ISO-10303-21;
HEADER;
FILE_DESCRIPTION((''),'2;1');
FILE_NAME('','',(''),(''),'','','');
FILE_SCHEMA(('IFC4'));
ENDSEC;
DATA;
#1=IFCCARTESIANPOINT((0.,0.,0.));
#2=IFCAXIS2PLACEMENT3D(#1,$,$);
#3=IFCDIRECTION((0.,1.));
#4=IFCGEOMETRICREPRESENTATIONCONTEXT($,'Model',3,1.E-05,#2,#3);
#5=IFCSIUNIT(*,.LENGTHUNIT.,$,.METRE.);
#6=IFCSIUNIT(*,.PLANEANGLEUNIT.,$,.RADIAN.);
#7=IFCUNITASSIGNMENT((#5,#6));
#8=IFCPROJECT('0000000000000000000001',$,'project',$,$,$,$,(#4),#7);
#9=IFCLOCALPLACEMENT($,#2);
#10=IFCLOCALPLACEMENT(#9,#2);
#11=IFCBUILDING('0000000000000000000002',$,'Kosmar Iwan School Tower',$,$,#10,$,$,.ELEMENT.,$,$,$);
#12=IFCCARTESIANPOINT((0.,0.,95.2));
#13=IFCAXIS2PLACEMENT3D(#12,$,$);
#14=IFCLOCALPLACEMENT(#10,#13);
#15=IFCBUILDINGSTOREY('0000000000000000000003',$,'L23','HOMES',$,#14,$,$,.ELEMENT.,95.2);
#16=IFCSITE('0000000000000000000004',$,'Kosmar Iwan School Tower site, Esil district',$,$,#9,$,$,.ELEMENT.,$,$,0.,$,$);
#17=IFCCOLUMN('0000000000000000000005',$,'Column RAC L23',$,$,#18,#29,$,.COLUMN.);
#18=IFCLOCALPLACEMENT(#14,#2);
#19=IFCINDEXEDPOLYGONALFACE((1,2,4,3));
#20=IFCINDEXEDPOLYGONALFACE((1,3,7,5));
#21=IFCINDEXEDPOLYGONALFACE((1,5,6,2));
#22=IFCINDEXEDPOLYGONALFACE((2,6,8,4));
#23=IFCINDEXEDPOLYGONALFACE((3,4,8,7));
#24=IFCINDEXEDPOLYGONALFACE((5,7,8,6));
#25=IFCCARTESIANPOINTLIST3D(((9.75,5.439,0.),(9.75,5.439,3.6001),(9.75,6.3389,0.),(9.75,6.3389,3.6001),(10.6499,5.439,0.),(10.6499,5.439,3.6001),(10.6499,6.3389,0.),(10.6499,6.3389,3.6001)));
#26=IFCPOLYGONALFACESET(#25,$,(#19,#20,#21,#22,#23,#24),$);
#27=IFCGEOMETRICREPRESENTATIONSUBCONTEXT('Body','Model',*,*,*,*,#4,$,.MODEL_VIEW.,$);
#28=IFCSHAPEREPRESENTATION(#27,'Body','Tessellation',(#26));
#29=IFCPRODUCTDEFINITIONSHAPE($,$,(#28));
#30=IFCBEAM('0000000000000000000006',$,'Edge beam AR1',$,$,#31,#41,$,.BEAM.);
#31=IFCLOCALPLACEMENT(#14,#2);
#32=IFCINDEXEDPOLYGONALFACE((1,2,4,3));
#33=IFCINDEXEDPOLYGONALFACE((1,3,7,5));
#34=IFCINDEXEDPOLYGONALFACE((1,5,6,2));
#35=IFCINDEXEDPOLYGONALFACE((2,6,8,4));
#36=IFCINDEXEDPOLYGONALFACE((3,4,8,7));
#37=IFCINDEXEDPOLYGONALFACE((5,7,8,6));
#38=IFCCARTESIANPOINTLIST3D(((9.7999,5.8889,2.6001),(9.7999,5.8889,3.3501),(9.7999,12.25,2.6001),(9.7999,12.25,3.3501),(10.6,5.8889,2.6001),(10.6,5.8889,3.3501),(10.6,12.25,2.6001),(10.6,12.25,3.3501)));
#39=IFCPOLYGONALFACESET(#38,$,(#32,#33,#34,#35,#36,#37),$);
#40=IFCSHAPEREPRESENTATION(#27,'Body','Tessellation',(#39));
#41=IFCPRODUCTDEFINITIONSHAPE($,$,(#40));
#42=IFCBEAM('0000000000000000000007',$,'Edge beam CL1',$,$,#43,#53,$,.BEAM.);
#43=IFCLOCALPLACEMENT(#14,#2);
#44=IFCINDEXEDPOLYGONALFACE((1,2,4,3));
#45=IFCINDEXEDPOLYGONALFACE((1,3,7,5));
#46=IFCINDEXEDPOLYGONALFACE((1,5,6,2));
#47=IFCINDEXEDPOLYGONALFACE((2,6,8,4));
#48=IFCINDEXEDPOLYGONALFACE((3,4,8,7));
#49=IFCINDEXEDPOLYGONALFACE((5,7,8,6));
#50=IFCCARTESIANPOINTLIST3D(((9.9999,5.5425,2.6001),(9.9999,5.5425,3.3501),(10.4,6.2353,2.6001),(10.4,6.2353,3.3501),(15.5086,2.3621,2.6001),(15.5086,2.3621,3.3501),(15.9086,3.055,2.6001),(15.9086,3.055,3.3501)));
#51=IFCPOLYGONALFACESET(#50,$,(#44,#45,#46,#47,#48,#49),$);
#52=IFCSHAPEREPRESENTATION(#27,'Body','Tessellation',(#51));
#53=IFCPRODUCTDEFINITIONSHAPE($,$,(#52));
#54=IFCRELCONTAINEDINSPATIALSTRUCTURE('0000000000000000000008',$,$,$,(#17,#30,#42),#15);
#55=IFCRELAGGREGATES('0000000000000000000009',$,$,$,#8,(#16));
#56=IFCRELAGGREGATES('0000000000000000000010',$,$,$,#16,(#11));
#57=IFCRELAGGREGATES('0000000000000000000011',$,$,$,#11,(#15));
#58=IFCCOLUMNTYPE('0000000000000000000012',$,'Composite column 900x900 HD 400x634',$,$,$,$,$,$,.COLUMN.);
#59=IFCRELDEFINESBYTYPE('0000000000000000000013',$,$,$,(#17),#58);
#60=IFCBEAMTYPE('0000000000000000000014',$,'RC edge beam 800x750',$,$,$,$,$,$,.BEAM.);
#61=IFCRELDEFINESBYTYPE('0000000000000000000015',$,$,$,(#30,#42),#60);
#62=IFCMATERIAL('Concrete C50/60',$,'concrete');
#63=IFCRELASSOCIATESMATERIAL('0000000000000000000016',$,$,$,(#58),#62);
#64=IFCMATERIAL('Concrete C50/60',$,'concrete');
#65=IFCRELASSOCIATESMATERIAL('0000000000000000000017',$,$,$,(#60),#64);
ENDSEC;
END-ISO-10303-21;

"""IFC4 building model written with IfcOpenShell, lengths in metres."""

from ifc_helpers import new_model, si_unit, direction, frame, origin, origin_2d, place, context, subcontext, project, spatial, rectangle, extrude, material, material_profile, profile_set, type_object, element, save


model = new_model("IFC4")

# Units and contexts
model_context = context("Model", 3, precision=1e-05, world=origin(), true_north=direction((0.0, 1.0)))
body_context = subcontext(model_context, "Body", "Model", "MODEL_VIEW")
ifc_project = project(units=[si_unit("LENGTHUNIT", "METRE"), si_unit("PLANEANGLEUNIT", "RADIAN")], contexts=[model_context])

# Site, building, storey
site_placement = place(None, origin())
site = spatial("IfcSite", under=ifc_project, at=site_placement, Name="Kosmar Iwan School Tower site, Esil district", CompositionType="ELEMENT", RefElevation=0.0)
building_placement = place(site_placement, origin())
building = spatial("IfcBuilding", under=site, at=building_placement, Name="Kosmar Iwan School Tower", CompositionType="ELEMENT")
storey_placement = place(building_placement, frame((0.0, 0.0, 95.2)))
storey = spatial("IfcBuildingStorey", under=building, at=storey_placement, Name="L23", Description="HOMES", CompositionType="ELEMENT", Elevation=95.2)

# Column
ifc_material_1 = material(Name="Concrete C50/60", Category="concrete")
ifc_material_profile_1 = material_profile(ifc_material_1, rectangle(XDim=0.8999, YDim=0.8999, at=origin_2d()), Name="RC 900x900 + HD 400x634")
ifc_profile_set_1 = profile_set([ifc_material_profile_1], Name="Concrete C50/60")
column_type = type_object("IfcColumnType", Name="Composite column 900x900 HD 400x634", PredefinedType="COLUMN", material=ifc_profile_set_1)
column_placement = place(storey_placement, frame((10.2, 5.8889, 0.0), z_axis=(0.0, 0.0, 1.0), x_axis=(1.0, 0.0, 0.0)))
element("IfcColumn", 1, at=column_placement, inside=storey, type_object=column_type, Name="Column RAC L23", PredefinedType="COLUMN", context=body_context, shape_type="SweptSolid", body=[
    extrude(rectangle(XDim=0.8999, YDim=0.8999, at=origin_2d()), origin(), (0.0, 0.0, 1.0), 3.6001),
])

# Beams
ifc_material_2 = material(Name="Concrete C50/60", Category="concrete")
ifc_material_profile_2 = material_profile(ifc_material_2, rectangle(XDim=0.8, YDim=0.75, at=origin_2d()), Name="RC 800x750")
ifc_profile_set_2 = profile_set([ifc_material_profile_2], Name="Concrete C50/60")
beam_type = type_object("IfcBeamType", Name="RC edge beam 800x750", PredefinedType="BEAM", material=ifc_profile_set_2)
beam_1_placement = place(storey_placement, frame((10.2, 5.8889, 2.9751), z_axis=(0.0, 1.0, 0.0), x_axis=(-1.0, 0.0, 0.0)))
element("IfcBeam", 2, at=beam_1_placement, inside=storey, type_object=beam_type, Name="Edge beam AR1", PredefinedType="BEAM", context=body_context, shape_type="SweptSolid", body=[
    extrude(rectangle(XDim=0.8, YDim=0.75, at=origin_2d()), origin(), (0.0, 0.0, 1.0), 6.3611),
])
beam_2_placement = place(storey_placement, frame((10.2, 5.8889, 2.9751), z_axis=(0.866031, -0.49999, 0.0), x_axis=(0.49999, 0.866031, 0.0)))
element("IfcBeam", 3, at=beam_2_placement, inside=storey, type_object=beam_type, Name="Edge beam CL1", PredefinedType="BEAM", context=body_context, shape_type="SweptSolid", body=[
    extrude(rectangle(XDim=0.8, YDim=0.75, at=origin_2d()), origin(), (0.0, 0.0, 1.0), 6.3608),
])

save(model, "model.ifc")
